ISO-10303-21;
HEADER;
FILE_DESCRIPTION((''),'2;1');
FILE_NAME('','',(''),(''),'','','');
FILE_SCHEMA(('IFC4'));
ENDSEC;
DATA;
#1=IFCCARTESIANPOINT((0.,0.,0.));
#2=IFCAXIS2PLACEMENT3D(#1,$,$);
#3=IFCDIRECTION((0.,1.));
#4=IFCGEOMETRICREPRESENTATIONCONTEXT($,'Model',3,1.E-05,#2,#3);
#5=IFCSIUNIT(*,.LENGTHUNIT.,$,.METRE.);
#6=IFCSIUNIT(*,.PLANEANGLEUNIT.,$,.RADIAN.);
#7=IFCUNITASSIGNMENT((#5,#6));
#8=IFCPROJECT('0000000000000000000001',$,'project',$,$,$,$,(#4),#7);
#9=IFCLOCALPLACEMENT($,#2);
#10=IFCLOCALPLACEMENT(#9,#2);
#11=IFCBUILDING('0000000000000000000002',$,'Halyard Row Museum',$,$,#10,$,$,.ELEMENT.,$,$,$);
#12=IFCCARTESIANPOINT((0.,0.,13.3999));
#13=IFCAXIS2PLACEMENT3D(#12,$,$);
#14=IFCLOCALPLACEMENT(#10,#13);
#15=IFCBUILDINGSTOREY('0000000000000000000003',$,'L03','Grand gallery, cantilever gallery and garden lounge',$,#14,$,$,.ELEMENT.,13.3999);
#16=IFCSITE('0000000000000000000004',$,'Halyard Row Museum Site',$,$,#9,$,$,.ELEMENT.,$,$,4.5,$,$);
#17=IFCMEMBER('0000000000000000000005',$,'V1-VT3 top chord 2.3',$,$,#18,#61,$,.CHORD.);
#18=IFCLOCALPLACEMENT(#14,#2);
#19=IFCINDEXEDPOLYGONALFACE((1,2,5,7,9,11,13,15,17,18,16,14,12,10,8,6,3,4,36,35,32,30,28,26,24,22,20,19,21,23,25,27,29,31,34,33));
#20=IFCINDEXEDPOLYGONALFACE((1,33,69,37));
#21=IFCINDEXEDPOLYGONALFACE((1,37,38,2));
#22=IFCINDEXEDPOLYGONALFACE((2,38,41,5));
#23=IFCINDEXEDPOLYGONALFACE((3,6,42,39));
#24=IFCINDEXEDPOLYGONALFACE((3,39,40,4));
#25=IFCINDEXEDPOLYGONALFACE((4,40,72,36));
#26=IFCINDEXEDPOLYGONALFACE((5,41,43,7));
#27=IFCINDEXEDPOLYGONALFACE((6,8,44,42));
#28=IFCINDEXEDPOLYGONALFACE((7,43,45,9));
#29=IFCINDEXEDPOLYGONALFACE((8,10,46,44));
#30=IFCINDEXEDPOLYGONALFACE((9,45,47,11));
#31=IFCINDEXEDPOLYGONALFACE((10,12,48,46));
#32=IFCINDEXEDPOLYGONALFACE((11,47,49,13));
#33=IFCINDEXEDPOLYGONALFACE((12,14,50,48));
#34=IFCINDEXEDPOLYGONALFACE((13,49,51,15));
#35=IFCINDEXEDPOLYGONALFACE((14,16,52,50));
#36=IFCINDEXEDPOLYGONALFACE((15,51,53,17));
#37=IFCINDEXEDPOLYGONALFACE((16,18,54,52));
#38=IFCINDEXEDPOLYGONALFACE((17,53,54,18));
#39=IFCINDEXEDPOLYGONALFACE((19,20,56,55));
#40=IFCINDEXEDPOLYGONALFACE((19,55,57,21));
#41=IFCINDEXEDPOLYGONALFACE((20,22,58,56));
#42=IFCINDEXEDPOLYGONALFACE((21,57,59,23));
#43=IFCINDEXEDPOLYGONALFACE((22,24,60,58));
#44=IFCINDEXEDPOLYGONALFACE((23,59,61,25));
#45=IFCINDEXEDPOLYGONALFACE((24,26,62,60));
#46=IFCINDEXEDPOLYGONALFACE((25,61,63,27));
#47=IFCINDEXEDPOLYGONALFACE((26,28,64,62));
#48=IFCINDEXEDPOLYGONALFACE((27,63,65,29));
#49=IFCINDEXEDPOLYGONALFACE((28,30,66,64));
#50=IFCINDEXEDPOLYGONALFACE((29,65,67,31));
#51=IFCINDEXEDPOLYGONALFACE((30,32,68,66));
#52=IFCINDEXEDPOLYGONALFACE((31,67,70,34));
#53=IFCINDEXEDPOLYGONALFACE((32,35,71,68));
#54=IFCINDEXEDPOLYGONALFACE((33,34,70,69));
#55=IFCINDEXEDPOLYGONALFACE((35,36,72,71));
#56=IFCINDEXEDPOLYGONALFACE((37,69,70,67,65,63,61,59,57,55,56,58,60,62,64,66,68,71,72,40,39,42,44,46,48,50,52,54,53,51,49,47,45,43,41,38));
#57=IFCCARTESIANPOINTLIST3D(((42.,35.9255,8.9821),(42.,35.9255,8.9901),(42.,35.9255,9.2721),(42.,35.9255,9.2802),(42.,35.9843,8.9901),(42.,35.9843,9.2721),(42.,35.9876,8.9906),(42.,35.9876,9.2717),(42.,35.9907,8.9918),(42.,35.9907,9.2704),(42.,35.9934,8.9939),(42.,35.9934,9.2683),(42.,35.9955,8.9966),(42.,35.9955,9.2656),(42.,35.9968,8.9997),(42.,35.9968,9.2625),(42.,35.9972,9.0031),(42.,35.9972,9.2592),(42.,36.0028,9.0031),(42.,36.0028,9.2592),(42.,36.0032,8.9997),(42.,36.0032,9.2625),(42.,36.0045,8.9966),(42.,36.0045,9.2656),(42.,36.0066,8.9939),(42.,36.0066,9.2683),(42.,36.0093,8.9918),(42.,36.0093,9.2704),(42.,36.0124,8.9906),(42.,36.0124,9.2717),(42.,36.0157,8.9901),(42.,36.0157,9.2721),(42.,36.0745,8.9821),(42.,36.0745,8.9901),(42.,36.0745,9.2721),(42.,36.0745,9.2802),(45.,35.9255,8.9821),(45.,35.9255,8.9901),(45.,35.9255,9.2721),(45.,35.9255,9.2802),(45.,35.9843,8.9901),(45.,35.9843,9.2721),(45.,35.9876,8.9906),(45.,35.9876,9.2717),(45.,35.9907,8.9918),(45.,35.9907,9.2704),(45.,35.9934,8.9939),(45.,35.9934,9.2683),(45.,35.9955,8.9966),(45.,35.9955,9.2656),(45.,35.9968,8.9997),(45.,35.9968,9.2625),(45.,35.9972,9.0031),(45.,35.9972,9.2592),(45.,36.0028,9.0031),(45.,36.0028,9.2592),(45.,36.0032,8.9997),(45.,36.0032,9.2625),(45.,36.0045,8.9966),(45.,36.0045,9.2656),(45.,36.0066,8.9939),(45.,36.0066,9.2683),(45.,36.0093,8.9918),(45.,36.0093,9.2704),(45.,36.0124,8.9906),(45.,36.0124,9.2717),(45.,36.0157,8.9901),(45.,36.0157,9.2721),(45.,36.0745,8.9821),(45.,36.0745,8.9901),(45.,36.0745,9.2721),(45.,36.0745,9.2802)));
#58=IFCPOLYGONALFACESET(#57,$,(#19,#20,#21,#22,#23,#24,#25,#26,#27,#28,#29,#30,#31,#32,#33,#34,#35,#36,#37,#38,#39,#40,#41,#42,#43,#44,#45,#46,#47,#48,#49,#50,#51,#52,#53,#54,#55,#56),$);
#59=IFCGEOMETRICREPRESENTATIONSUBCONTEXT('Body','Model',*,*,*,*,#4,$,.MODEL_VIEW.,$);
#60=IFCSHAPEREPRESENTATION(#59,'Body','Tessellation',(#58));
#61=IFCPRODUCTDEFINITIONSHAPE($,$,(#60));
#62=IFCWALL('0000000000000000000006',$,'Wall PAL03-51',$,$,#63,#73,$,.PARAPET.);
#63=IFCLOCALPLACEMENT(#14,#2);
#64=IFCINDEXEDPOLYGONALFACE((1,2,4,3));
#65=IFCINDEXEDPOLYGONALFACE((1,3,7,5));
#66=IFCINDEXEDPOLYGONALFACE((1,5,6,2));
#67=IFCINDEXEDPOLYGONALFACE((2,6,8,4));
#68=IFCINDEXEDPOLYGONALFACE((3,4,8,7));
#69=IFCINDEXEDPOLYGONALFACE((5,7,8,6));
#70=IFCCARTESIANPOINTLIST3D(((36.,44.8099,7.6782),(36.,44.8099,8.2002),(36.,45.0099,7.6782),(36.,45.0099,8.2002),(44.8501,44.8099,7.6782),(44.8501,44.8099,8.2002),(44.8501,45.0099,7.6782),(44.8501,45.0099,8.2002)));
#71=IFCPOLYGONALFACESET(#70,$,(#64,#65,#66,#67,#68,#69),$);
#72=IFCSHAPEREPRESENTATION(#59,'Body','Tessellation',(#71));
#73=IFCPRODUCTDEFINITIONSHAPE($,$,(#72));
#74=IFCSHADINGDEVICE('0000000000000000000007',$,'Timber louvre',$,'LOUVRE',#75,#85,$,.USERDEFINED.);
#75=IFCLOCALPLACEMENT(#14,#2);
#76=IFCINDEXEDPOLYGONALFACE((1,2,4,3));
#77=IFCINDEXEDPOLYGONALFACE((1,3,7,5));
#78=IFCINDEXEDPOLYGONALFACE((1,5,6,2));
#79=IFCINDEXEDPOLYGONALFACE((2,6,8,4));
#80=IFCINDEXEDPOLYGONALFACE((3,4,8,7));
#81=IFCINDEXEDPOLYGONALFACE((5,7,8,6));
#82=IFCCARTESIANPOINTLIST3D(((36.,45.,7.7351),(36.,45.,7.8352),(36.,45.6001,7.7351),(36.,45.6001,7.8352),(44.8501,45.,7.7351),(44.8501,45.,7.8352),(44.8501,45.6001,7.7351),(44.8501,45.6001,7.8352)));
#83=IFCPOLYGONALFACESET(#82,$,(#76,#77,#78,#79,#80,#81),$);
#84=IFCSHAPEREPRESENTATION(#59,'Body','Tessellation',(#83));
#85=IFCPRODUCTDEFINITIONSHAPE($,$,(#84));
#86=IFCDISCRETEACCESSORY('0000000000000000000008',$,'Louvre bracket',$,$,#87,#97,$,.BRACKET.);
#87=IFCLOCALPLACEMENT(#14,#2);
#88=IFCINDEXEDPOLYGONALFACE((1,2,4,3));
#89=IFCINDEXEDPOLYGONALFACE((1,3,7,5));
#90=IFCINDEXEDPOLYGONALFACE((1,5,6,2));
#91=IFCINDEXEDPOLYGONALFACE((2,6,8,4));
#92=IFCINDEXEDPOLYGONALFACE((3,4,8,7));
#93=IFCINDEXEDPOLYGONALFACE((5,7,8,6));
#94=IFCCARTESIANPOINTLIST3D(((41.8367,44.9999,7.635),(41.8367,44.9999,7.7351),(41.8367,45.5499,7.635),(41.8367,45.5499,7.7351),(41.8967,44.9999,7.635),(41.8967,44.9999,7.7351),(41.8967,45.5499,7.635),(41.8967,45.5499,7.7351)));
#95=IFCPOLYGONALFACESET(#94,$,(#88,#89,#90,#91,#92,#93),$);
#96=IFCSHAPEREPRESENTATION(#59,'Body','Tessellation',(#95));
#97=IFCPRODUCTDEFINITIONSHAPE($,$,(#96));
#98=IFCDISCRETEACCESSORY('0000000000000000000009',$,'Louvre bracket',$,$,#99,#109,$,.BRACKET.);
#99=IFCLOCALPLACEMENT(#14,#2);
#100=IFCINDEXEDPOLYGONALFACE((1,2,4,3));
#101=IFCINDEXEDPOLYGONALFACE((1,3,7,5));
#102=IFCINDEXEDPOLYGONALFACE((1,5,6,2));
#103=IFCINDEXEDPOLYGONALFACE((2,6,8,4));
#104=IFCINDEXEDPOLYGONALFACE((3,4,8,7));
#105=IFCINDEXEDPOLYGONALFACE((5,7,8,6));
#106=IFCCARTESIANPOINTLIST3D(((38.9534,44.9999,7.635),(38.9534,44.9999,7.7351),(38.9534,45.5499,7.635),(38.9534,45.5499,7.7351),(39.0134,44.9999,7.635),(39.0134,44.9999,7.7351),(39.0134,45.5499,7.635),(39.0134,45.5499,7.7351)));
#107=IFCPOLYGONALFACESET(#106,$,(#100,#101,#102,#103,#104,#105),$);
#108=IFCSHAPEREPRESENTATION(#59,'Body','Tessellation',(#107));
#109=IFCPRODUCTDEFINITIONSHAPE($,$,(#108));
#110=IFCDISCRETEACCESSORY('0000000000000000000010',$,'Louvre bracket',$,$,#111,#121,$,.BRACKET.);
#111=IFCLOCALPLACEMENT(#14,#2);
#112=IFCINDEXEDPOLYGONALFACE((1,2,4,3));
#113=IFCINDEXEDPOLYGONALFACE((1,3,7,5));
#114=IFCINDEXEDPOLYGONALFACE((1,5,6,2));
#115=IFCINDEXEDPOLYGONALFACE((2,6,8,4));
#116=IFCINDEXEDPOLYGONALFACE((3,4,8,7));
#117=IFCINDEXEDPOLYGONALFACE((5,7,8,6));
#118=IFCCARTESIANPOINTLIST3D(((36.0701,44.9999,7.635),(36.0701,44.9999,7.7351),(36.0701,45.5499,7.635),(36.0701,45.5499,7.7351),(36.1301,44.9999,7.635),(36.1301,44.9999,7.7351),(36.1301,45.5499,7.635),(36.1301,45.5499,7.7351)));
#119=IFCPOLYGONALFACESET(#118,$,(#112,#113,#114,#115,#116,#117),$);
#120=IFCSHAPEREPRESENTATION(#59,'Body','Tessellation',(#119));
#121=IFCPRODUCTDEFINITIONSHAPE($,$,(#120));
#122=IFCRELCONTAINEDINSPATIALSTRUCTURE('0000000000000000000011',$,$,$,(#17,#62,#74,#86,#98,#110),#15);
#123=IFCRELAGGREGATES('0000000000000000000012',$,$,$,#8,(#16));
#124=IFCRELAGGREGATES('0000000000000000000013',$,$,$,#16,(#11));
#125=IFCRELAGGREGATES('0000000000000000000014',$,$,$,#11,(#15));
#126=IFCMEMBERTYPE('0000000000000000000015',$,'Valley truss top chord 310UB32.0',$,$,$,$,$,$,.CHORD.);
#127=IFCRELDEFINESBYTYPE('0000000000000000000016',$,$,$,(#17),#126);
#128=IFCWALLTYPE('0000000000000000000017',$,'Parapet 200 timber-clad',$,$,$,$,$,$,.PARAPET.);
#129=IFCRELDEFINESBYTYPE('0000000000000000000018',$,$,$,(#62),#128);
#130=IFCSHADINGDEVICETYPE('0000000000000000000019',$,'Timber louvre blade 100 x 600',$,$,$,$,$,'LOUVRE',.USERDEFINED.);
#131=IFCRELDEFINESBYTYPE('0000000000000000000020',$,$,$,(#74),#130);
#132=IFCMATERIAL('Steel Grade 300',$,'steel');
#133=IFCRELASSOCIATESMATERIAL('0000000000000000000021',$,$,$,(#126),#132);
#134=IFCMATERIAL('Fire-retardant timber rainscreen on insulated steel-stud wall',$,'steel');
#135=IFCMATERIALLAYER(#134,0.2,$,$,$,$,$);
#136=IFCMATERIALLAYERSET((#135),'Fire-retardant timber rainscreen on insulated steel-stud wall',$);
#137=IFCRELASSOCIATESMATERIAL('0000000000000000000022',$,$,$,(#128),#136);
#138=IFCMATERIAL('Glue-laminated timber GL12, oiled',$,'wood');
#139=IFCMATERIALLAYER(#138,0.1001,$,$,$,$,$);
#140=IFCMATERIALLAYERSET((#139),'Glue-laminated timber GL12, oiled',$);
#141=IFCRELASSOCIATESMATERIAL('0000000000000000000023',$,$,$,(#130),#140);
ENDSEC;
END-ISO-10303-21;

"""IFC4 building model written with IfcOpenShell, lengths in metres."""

from ifc_helpers import new_model, si_unit, direction, frame, frame_2d, origin, origin_2d, place, context, subcontext, project, spatial, rectangle, i_section, extrude, material, layer, layer_set, material_profile, profile_set, type_object, element, save


model = new_model("IFC4")

# Units and contexts
model_context = context("Model", 3, precision=1e-05, world=origin(), true_north=direction((0.0, 1.0)))
body_context = subcontext(model_context, "Body", "Model", "MODEL_VIEW")
ifc_project = project(units=[si_unit("LENGTHUNIT", "METRE"), si_unit("PLANEANGLEUNIT", "RADIAN")], contexts=[model_context])

# Site, building, storey
site_placement = place(None, origin())
site = spatial("IfcSite", under=ifc_project, at=site_placement, Name="Halyard Row Museum Site", CompositionType="ELEMENT", RefElevation=4.5)
building_placement = place(site_placement, origin())
building = spatial("IfcBuilding", under=site, at=building_placement, Name="Halyard Row Museum", CompositionType="ELEMENT")
storey_placement = place(building_placement, frame((0.0, 0.0, 13.3999)))
storey = spatial("IfcBuildingStorey", under=building, at=storey_placement, Name="L03", Description="Grand gallery, cantilever gallery and garden lounge", CompositionType="ELEMENT", Elevation=13.3999)

# Member
ifc_material_1 = material(Name="Steel Grade 300", Category="steel")
ifc_material_profile_1 = material_profile(ifc_material_1, i_section(OverallWidth=0.1489, OverallDepth=0.2981, WebThickness=0.0056, FlangeThickness=0.0081, FilletRadius=0.0129, at=origin_2d()), Name="310UB32.0")
ifc_profile_set_1 = profile_set([ifc_material_profile_1], Name="Steel Grade 300")
member_type_1 = type_object("IfcMemberType", Name="Valley truss top chord 310UB32.0", PredefinedType="CHORD", material=ifc_profile_set_1)
for number, where, z_axis, x_axis, name in (
    (1, (42.0, 36.0, 9.1311), (1.0, 0.0, 0.0), (0.0, 1.0, 0.0), "V1-VT3 top chord 2.3"),
):
    element("IfcMember", number, at=place(storey_placement, frame(where, z_axis=z_axis, x_axis=x_axis)), inside=storey, type_object=member_type_1, Name=name, PredefinedType="CHORD", context=body_context, shape_type="SweptSolid", body=[
        extrude(i_section(OverallWidth=0.1489, OverallDepth=0.2981, WebThickness=0.0056, FlangeThickness=0.0081, FilletRadius=0.0129, at=origin_2d()), origin(), (0.0, 0.0, 1.0), 3.0),
    ])

# Wall
ifc_material_2 = material(Name="Fire-retardant timber rainscreen on insulated steel-stud wall", Category="steel")
ifc_layer_1 = layer(ifc_material_2, 0.2)
ifc_layer_set_1 = layer_set([ifc_layer_1], Name="Fire-retardant timber rainscreen on insulated steel-stud wall")
wall_type = type_object("IfcWallType", Name="Parapet 200 timber-clad", PredefinedType="PARAPET", material=ifc_layer_set_1)
wall_placement = place(storey_placement, frame((36.0, 44.9099, 7.6782), z_axis=(0.0, 0.0, 1.0), x_axis=(1.0, 0.0, 0.0)))
element("IfcWall", 2, at=wall_placement, inside=storey, type_object=wall_type, Name="Wall PAL03-51", PredefinedType="PARAPET", context=body_context, shape_type="SweptSolid", body=[
    extrude(rectangle(XDim=8.8501, YDim=0.2, at=frame_2d((4.425, 0.0))), origin(), (0.0, 0.0, 1.0), 0.522),
])

# Shading device
ifc_material_3 = material(Name="Glue-laminated timber GL12, oiled", Category="wood")
ifc_layer_2 = layer(ifc_material_3, 0.1001)
ifc_layer_set_2 = layer_set([ifc_layer_2], Name="Glue-laminated timber GL12, oiled")
shading_device_type = type_object("IfcShadingDeviceType", Name="Timber louvre blade 100 x 600", ElementType="LOUVRE", PredefinedType="USERDEFINED", material=ifc_layer_set_2)
shading_device_placement = place(storey_placement, frame((40.425, 45.3, 7.7351), z_axis=(0.0, 0.0, 1.0), x_axis=(1.0, 0.0, 0.0)))
element("IfcShadingDevice", 3, at=shading_device_placement, inside=storey, type_object=shading_device_type, Name="Timber louvre", ObjectType="LOUVRE", PredefinedType="USERDEFINED", context=body_context, shape_type="SweptSolid", body=[
    extrude(rectangle(XDim=8.8501, YDim=0.6001, at=origin_2d()), origin(), (0.0, 0.0, 1.0), 0.1001),
])

# Discrete accessories
for number, where, z_axis, x_axis, name in (
    (4, (41.8667, 45.2749, 7.635), (0.0, 0.0, 1.0), (1.0, 0.0, 0.0), "Louvre bracket"),
    (5, (38.9834, 45.2749, 7.635), (0.0, 0.0, 1.0), (1.0, 0.0, 0.0), "Louvre bracket"),
    (6, (36.1001, 45.2749, 7.635), (0.0, 0.0, 1.0), (1.0, 0.0, 0.0), "Louvre bracket"),
):
    element("IfcDiscreteAccessory", number, at=place(storey_placement, frame(where, z_axis=z_axis, x_axis=x_axis)), inside=storey, Name=name, PredefinedType="BRACKET", context=body_context, shape_type="SweptSolid", body=[
        extrude(rectangle(XDim=0.0601, YDim=0.55, at=origin_2d()), origin(), (0.0, 0.0, 1.0), 0.1001),
    ])

save(model, "model.ifc")
